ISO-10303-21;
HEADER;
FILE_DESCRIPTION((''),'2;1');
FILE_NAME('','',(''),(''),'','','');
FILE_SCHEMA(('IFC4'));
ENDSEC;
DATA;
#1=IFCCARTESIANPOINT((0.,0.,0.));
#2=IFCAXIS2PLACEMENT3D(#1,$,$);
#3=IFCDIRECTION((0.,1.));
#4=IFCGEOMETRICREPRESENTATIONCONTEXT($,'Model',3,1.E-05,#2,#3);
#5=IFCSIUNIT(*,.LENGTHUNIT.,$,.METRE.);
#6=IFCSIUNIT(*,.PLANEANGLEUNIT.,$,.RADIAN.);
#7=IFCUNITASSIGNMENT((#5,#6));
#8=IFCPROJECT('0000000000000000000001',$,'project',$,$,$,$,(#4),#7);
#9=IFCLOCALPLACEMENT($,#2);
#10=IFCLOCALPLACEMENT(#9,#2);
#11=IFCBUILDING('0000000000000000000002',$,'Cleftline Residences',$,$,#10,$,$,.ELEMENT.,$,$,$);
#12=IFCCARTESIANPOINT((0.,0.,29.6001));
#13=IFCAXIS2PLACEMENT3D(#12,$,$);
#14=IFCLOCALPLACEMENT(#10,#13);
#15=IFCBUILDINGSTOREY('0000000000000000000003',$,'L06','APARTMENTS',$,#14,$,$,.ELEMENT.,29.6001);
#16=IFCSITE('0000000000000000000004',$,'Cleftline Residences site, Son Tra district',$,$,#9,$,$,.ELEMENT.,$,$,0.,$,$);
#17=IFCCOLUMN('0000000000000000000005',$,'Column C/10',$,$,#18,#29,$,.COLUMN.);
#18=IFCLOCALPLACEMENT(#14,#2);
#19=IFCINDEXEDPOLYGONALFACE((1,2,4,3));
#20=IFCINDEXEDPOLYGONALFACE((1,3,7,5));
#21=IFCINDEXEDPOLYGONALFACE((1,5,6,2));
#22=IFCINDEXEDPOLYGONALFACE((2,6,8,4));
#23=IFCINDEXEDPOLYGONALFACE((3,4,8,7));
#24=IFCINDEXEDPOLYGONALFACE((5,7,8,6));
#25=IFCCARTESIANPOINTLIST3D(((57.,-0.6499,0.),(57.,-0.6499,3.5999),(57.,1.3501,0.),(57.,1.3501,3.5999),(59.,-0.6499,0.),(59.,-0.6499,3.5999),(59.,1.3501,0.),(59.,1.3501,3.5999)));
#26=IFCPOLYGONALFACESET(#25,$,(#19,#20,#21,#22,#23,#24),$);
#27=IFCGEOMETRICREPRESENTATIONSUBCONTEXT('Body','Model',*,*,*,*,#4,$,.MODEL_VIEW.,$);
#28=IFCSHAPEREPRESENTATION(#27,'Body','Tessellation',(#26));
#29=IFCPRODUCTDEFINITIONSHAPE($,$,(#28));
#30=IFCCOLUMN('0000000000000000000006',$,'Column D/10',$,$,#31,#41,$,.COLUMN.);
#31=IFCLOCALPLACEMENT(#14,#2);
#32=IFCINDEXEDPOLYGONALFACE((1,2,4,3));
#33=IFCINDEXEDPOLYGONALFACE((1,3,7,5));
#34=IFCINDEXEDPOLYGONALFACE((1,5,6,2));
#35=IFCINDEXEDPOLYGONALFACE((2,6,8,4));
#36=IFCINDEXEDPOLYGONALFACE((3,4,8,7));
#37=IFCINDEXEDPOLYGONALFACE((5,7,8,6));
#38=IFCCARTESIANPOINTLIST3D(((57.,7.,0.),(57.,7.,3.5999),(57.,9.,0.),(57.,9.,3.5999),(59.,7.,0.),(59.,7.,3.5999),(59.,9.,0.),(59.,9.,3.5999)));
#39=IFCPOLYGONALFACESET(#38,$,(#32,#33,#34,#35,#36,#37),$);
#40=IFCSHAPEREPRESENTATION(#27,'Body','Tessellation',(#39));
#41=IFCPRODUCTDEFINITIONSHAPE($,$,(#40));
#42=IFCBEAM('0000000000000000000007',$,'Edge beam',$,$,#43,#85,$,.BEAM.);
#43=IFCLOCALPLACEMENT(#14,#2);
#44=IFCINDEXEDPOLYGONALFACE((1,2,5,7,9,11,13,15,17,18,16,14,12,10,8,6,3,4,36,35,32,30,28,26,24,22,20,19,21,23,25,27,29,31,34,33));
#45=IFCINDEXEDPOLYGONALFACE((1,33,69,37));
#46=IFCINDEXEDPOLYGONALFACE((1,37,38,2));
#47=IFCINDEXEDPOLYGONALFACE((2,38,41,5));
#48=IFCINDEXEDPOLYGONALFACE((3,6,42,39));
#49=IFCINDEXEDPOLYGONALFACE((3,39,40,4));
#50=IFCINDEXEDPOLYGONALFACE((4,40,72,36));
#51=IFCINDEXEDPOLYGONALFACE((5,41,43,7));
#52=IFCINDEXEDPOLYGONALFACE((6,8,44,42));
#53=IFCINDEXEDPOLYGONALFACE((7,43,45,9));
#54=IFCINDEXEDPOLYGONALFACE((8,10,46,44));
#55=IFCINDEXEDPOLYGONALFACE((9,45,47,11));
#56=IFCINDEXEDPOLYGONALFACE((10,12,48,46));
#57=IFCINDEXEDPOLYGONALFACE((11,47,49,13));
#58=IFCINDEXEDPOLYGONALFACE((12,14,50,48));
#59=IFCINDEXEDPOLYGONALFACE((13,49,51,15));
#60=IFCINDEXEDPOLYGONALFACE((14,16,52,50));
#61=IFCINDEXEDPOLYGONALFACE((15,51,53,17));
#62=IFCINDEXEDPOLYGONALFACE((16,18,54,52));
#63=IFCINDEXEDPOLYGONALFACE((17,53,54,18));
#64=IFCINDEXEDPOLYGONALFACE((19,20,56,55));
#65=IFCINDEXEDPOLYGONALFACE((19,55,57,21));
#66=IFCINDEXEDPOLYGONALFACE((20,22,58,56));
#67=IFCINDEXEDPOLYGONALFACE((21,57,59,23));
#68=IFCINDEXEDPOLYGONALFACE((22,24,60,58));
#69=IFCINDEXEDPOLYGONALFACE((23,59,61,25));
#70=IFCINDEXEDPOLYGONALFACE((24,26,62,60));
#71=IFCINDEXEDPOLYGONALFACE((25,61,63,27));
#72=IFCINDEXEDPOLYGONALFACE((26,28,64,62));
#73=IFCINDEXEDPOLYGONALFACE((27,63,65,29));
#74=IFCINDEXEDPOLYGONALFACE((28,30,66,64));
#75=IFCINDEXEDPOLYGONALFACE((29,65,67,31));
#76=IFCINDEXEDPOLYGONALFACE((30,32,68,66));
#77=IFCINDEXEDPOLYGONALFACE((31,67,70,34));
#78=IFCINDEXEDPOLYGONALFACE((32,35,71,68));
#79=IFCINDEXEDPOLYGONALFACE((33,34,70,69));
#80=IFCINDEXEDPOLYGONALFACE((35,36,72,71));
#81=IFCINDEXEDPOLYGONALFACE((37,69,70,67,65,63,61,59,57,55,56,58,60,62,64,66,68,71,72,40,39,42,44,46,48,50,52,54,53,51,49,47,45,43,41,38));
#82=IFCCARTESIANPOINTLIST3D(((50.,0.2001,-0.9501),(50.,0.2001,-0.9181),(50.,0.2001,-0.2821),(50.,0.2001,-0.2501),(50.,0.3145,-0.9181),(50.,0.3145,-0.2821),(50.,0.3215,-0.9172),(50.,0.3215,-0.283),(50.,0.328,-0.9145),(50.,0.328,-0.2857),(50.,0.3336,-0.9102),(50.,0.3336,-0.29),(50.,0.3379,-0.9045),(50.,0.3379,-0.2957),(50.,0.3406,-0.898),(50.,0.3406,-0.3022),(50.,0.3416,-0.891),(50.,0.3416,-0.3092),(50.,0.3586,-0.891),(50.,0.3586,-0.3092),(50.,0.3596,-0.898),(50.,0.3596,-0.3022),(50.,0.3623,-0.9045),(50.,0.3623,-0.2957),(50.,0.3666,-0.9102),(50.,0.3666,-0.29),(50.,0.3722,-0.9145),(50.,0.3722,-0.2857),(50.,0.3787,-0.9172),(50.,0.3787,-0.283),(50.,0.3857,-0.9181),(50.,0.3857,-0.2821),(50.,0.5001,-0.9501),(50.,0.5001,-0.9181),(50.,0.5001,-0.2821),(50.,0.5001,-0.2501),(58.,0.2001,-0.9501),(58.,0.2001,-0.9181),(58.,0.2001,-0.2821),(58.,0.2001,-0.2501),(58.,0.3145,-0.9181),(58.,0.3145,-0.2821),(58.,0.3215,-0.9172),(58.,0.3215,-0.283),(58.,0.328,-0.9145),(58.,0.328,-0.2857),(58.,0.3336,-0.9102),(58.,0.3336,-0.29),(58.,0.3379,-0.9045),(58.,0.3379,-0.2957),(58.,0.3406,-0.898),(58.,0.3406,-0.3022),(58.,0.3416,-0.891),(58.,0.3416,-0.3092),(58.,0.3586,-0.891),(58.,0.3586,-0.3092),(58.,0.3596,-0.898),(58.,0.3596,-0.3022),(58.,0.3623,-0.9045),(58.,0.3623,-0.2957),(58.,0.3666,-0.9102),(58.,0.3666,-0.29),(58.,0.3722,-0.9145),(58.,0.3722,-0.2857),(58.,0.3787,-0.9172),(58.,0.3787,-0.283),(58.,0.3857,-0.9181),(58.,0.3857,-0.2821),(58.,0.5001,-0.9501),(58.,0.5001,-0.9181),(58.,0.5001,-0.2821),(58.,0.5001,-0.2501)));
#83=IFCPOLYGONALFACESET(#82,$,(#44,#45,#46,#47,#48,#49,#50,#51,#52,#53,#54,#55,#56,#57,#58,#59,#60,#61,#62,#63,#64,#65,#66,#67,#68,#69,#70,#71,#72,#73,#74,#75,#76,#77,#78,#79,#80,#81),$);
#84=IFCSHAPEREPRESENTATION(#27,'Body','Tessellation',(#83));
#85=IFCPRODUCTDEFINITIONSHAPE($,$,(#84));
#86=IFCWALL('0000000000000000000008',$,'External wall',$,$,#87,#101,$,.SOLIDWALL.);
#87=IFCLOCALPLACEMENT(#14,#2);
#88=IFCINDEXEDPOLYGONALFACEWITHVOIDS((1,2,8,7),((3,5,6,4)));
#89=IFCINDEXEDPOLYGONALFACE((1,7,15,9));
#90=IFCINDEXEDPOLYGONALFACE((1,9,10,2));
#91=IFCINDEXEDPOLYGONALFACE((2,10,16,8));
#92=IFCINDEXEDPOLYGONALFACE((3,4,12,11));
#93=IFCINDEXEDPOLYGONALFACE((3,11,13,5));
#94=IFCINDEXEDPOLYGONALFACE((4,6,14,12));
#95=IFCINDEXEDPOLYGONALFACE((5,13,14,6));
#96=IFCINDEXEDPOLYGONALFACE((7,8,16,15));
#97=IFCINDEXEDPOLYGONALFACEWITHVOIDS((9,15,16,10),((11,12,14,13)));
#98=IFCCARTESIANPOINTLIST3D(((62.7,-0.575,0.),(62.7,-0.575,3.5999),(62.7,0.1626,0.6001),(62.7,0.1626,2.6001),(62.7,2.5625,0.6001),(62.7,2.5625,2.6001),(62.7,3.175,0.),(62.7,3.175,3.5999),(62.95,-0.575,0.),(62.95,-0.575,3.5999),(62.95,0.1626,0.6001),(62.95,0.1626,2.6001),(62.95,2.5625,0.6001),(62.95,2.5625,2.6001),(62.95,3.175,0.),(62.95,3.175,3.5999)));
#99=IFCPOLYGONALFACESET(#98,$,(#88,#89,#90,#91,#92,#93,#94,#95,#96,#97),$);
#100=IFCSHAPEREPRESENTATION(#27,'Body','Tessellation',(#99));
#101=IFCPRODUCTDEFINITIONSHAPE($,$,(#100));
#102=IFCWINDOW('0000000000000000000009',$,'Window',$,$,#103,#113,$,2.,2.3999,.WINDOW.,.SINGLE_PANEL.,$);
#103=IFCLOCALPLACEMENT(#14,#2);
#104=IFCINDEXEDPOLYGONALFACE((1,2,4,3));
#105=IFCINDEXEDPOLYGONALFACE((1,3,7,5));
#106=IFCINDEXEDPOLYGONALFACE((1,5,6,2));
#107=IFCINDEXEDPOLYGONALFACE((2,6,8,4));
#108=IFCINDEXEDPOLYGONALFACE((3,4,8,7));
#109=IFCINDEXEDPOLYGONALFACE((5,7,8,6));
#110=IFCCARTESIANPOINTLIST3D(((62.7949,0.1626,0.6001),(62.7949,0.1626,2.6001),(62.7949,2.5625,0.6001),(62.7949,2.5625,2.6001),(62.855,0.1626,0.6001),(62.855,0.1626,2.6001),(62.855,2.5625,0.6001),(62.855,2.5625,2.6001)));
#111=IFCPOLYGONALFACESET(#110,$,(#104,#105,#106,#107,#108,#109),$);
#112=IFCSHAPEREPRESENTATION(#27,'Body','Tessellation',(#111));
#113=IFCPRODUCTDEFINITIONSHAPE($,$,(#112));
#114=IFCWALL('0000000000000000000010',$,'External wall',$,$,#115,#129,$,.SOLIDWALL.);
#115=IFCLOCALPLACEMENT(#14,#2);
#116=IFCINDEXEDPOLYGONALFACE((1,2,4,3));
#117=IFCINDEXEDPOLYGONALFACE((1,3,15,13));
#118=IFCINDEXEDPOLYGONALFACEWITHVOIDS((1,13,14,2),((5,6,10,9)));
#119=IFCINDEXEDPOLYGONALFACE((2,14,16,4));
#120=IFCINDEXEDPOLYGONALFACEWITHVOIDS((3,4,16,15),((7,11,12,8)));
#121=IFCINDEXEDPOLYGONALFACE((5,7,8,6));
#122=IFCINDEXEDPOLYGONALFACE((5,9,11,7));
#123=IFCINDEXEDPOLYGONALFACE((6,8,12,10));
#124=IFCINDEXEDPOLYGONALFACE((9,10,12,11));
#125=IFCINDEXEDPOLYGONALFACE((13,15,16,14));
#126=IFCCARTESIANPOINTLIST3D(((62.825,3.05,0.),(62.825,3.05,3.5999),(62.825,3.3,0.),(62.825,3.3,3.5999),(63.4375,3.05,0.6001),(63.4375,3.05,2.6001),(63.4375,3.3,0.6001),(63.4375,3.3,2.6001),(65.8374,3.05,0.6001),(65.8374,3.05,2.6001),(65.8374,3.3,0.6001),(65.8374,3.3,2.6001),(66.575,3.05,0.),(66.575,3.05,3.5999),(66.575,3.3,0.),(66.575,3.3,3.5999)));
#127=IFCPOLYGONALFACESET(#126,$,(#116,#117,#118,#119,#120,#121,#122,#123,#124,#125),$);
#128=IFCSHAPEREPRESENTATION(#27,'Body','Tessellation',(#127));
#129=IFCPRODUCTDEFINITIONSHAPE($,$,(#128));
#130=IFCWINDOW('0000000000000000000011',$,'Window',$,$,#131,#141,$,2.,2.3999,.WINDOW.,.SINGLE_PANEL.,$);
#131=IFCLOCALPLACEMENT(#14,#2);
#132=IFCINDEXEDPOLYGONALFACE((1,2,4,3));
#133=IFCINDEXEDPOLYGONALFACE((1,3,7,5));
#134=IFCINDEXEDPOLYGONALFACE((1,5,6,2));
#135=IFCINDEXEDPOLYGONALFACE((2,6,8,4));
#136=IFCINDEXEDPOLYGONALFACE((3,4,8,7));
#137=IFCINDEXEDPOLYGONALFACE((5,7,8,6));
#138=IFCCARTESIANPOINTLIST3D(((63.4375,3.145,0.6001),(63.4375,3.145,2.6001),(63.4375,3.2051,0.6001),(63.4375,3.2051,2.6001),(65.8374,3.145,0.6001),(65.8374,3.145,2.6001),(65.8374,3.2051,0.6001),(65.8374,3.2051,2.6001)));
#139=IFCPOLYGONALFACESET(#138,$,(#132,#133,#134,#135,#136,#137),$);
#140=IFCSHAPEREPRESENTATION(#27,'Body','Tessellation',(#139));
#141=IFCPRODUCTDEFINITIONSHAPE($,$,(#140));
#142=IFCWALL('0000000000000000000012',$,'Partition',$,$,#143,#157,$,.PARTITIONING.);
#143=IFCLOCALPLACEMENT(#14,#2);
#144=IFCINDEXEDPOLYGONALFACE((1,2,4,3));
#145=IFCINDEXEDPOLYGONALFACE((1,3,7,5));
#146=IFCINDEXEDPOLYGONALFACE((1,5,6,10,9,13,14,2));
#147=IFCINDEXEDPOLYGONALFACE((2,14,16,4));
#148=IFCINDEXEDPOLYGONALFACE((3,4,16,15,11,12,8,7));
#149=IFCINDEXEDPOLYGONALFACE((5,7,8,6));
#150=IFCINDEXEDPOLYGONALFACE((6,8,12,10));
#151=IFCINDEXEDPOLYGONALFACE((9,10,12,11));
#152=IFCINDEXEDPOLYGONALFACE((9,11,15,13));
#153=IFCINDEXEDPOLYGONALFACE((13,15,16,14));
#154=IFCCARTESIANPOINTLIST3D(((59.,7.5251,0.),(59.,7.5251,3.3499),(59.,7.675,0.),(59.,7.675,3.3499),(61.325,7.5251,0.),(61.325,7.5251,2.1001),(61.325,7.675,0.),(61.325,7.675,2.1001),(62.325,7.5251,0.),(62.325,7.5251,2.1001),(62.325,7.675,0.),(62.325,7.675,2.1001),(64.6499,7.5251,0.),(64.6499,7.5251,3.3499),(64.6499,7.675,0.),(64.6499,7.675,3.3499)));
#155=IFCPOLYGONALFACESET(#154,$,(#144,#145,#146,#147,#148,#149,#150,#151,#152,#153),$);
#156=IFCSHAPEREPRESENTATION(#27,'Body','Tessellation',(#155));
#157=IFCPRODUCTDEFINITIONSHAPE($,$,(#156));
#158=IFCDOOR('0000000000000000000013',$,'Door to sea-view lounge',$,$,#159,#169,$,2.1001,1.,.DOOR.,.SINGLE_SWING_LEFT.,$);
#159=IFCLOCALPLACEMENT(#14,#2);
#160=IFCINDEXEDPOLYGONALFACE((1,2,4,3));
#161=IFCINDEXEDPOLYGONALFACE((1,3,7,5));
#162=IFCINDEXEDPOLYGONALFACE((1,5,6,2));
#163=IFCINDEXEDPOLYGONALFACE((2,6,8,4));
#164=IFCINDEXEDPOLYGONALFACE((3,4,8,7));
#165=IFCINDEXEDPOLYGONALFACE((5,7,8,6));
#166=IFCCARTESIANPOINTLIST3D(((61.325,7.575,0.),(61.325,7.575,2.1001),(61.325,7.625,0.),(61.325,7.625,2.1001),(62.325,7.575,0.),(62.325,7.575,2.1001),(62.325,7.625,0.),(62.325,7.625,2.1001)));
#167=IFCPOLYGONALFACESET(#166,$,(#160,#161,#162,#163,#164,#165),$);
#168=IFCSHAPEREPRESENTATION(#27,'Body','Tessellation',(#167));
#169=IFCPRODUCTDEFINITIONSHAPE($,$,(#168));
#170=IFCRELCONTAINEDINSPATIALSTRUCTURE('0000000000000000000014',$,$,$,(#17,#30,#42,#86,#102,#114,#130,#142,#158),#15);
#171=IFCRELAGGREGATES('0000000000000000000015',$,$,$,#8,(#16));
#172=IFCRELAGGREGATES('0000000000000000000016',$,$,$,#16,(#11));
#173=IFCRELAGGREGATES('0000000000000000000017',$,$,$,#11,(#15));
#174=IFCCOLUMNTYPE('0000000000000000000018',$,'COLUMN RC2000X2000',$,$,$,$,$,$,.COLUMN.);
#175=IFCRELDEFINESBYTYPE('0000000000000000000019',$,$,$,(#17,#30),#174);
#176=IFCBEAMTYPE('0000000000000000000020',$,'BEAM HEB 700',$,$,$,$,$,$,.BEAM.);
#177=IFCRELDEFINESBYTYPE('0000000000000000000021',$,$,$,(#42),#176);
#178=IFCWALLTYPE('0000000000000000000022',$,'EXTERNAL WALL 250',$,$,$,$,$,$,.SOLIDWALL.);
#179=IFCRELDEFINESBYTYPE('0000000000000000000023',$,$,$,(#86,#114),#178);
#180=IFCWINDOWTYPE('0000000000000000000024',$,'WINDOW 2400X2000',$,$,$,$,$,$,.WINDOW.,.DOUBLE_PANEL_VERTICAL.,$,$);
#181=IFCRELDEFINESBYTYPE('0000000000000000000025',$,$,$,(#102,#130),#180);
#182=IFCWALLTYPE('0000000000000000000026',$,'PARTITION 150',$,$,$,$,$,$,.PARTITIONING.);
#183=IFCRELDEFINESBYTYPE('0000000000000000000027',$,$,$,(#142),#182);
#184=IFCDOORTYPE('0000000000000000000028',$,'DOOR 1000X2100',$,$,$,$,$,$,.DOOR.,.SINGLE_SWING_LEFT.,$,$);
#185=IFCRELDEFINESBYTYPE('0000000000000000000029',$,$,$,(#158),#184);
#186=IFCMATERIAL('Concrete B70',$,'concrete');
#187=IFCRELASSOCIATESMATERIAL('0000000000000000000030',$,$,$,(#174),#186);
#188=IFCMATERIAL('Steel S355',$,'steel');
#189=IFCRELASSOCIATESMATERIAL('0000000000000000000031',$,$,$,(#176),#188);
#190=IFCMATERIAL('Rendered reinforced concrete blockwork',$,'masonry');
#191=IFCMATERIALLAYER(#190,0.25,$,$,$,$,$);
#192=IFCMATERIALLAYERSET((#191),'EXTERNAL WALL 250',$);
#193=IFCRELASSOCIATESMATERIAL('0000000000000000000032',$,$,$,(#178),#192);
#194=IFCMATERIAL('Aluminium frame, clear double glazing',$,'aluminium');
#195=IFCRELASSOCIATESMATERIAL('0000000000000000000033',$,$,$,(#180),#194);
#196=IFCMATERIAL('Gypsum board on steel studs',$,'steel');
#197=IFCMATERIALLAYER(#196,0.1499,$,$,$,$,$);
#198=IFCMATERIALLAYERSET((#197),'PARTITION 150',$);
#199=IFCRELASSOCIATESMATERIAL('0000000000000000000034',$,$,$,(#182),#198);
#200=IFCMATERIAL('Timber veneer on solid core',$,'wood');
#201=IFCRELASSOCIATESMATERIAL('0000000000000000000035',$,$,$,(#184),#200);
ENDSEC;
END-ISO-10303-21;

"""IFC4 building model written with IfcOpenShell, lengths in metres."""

from ifc_helpers import new_model, si_unit, direction, frame, frame_2d, origin, origin_2d, place, context, subcontext, project, spatial, rectangle, i_section, extrude, material, layer, layer_set, material_profile, profile_set, type_object, element, fill, save


model = new_model("IFC4")

# Units and contexts
model_context = context("Model", 3, precision=1e-05, world=origin(), true_north=direction((0.0, 1.0)))
body_context = subcontext(model_context, "Body", "Model", "MODEL_VIEW")
ifc_project = project(units=[si_unit("LENGTHUNIT", "METRE"), si_unit("PLANEANGLEUNIT", "RADIAN")], contexts=[model_context])

# Site, building, storey
site_placement = place(None, origin())
site = spatial("IfcSite", under=ifc_project, at=site_placement, Name="Cleftline Residences site, Son Tra district", CompositionType="ELEMENT", RefElevation=0.0)
building_placement = place(site_placement, origin())
building = spatial("IfcBuilding", under=site, at=building_placement, Name="Cleftline Residences", CompositionType="ELEMENT")
storey_placement = place(building_placement, frame((0.0, 0.0, 29.6001)))
storey = spatial("IfcBuildingStorey", under=building, at=storey_placement, Name="L06", Description="APARTMENTS", CompositionType="ELEMENT", Elevation=29.6001)

# Columns
ifc_material_1 = material(Name="Concrete B70", Category="concrete")
ifc_material_profile_1 = material_profile(ifc_material_1, rectangle(XDim=2.0, YDim=2.0, at=origin_2d()))
ifc_profile_set_1 = profile_set([ifc_material_profile_1], Name="Concrete B70")
column_type = type_object("IfcColumnType", Name="COLUMN RC2000X2000", PredefinedType="COLUMN", material=ifc_profile_set_1)
for number, where, z_axis, x_axis, name in (
    (1, (58.0, 0.3501, 0.0), (0.0, 0.0, 1.0), (1.0, 0.0, 0.0), "Column C/10"),
    (2, (58.0, 8.0, 0.0), (0.0, 0.0, 1.0), (1.0, 0.0, 0.0), "Column D/10"),
):
    element("IfcColumn", number, at=place(storey_placement, frame(where, z_axis=z_axis, x_axis=x_axis)), inside=storey, type_object=column_type, Name=name, PredefinedType="COLUMN", context=body_context, shape_type="SweptSolid", body=[
        extrude(rectangle(XDim=2.0, YDim=2.0, at=origin_2d()), origin(), (0.0, 0.0, 1.0), 3.5999),
    ])

# Beam
ifc_material_2 = material(Name="Steel S355", Category="steel")
ifc_material_profile_2 = material_profile(ifc_material_2, i_section(OverallWidth=0.3, OverallDepth=0.7, WebThickness=0.0171, FlangeThickness=0.032, FilletRadius=0.0271, at=origin_2d()))
ifc_profile_set_2 = profile_set([ifc_material_profile_2], Name="Steel S355")
beam_type = type_object("IfcBeamType", Name="BEAM HEB 700", PredefinedType="BEAM", material=ifc_profile_set_2)
beam_placement = place(storey_placement, frame((58.0, 0.3501, -0.6001), z_axis=(-1.0, 0.0, 0.0), x_axis=(0.0, -1.0, 0.0)))
element("IfcBeam", 3, at=beam_placement, inside=storey, type_object=beam_type, Name="Edge beam", PredefinedType="BEAM", context=body_context, shape_type="SweptSolid", body=[
    extrude(i_section(OverallWidth=0.3, OverallDepth=0.7, WebThickness=0.0171, FlangeThickness=0.032, FilletRadius=0.0271, at=origin_2d()), origin(), (0.0, 0.0, 1.0), 8.0),
])

# Walls, openings, windows
ifc_material_3 = material(Name="Rendered reinforced concrete blockwork", Category="masonry")
ifc_layer_1 = layer(ifc_material_3, 0.25)
ifc_layer_set_1 = layer_set([ifc_layer_1], Name="EXTERNAL WALL 250")
wall_type_1 = type_object("IfcWallType", Name="EXTERNAL WALL 250", PredefinedType="SOLIDWALL", material=ifc_layer_set_1)
wall_1_placement = place(storey_placement, frame((62.825, -0.575, 0.0), z_axis=(0.0, 0.0, 1.0), x_axis=(0.0, 1.0, 0.0)))
wall_1 = element("IfcWall", 4, at=wall_1_placement, inside=storey, type_object=wall_type_1, Name="External wall", PredefinedType="SOLIDWALL", context=body_context, shape_type="SweptSolid", body=[
    extrude(rectangle(XDim=3.75, YDim=0.25, at=frame_2d((1.875, 0.0))), origin(), (0.0, 0.0, 1.0), 3.5999),
])
opening_1_placement = place(wall_1_placement, frame((0.7375, 0.0, 0.6001)))
opening_1 = element("IfcOpeningElement", 5, at=opening_1_placement, cuts=wall_1, PredefinedType="OPENING", context=body_context, shape_type="SweptSolid", body=[
    extrude(rectangle(XDim=2.3999, YDim=2.0, at=frame_2d((1.2, 1.0))), frame((0.0, 0.135, 0.0), z_axis=(0.0, -1.0, 0.0), x_axis=(1.0, 0.0, 0.0)), (0.0, 0.0, 1.0), 0.27),
])
ifc_material_4 = material(Name="Aluminium frame, clear double glazing", Category="aluminium")
window_type = type_object("IfcWindowType", Name="WINDOW 2400X2000", PartitioningType="DOUBLE_PANEL_VERTICAL", PredefinedType="WINDOW", material=ifc_material_4)
window_1_placement = place(opening_1_placement, origin())
window_1 = element("IfcWindow", 6, at=window_1_placement, inside=storey, type_object=window_type, Name="Window", OverallHeight=2.0, OverallWidth=2.3999, PartitioningType="SINGLE_PANEL", PredefinedType="WINDOW", context=body_context, shape_type="SweptSolid", body=[
    extrude(rectangle(XDim=2.3999, YDim=2.0, at=frame_2d((1.2, 1.0))), frame((0.0, 0.03, 0.0), z_axis=(0.0, -1.0, 0.0), x_axis=(1.0, 0.0, 0.0)), (0.0, 0.0, 1.0), 0.0601),
])
fill(opening_1, window_1)
wall_2_placement = place(storey_placement, frame((62.825, 3.175, 0.0), z_axis=(0.0, 0.0, 1.0), x_axis=(1.0, 0.0, 0.0)))
wall_2 = element("IfcWall", 7, at=wall_2_placement, inside=storey, type_object=wall_type_1, Name="External wall", PredefinedType="SOLIDWALL", context=body_context, shape_type="SweptSolid", body=[
    extrude(rectangle(XDim=3.75, YDim=0.25, at=frame_2d((1.875, 0.0))), origin(), (0.0, 0.0, 1.0), 3.5999),
])
opening_2_placement = place(wall_2_placement, frame((0.6125, 0.0, 0.6001)))
opening_2 = element("IfcOpeningElement", 8, at=opening_2_placement, cuts=wall_2, PredefinedType="OPENING", context=body_context, shape_type="SweptSolid", body=[
    extrude(rectangle(XDim=2.3999, YDim=2.0, at=frame_2d((1.2, 1.0))), frame((0.0, 0.135, 0.0), z_axis=(0.0, -1.0, 0.0), x_axis=(1.0, 0.0, 0.0)), (0.0, 0.0, 1.0), 0.27),
])
window_2_placement = place(opening_2_placement, origin())
window_2 = element("IfcWindow", 9, at=window_2_placement, inside=storey, type_object=window_type, Name="Window", OverallHeight=2.0, OverallWidth=2.3999, PartitioningType="SINGLE_PANEL", PredefinedType="WINDOW", context=body_context, shape_type="SweptSolid", body=[
    extrude(rectangle(XDim=2.3999, YDim=2.0, at=frame_2d((1.2, 1.0))), frame((0.0, 0.03, 0.0), z_axis=(0.0, -1.0, 0.0), x_axis=(1.0, 0.0, 0.0)), (0.0, 0.0, 1.0), 0.0601),
])
fill(opening_2, window_2)

# Wall, opening, door
ifc_material_5 = material(Name="Gypsum board on steel studs", Category="steel")
ifc_layer_2 = layer(ifc_material_5, 0.1499)
ifc_layer_set_2 = layer_set([ifc_layer_2], Name="PARTITION 150")
wall_type_2 = type_object("IfcWallType", Name="PARTITION 150", PredefinedType="PARTITIONING", material=ifc_layer_set_2)
wall_3_placement = place(storey_placement, frame((59.0, 7.6001, 0.0), z_axis=(0.0, 0.0, 1.0), x_axis=(1.0, 0.0, 0.0)))
wall_3 = element("IfcWall", 10, at=wall_3_placement, inside=storey, type_object=wall_type_2, Name="Partition", PredefinedType="PARTITIONING", context=body_context, shape_type="SweptSolid", body=[
    extrude(rectangle(XDim=5.6499, YDim=0.1499, at=frame_2d((2.825, 0.0))), origin(), (0.0, 0.0, 1.0), 3.3499),
])
opening_3_placement = place(wall_3_placement, frame((2.325, 0.0, 0.0)))
opening_3 = element("IfcOpeningElement", 11, at=opening_3_placement, cuts=wall_3, PredefinedType="OPENING", context=body_context, shape_type="SweptSolid", body=[
    extrude(rectangle(XDim=1.0, YDim=2.1001, at=frame_2d((0.5, 1.05))), frame((0.0, 0.085, 0.0), z_axis=(0.0, -1.0, 0.0), x_axis=(1.0, 0.0, 0.0)), (0.0, 0.0, 1.0), 0.1699),
])
ifc_material_6 = material(Name="Timber veneer on solid core", Category="wood")
door_type_1 = type_object("IfcDoorType", Name="DOOR 1000X2100", OperationType="SINGLE_SWING_LEFT", PredefinedType="DOOR", material=ifc_material_6)
door_1_placement = place(opening_3_placement, origin())
door_1 = element("IfcDoor", 12, at=door_1_placement, inside=storey, type_object=door_type_1, Name="Door to sea-view lounge", OperationType="SINGLE_SWING_LEFT", OverallHeight=2.1001, OverallWidth=1.0, PredefinedType="DOOR", context=body_context, shape_type="SweptSolid", body=[
    extrude(rectangle(XDim=1.0, YDim=2.1001, at=frame_2d((0.5, 1.05))), frame((0.0, 0.0249, 0.0), z_axis=(0.0, -1.0, 0.0), x_axis=(1.0, 0.0, 0.0)), (0.0, 0.0, 1.0), 0.05),
])
fill(opening_3, door_1)

save(model, "model.ifc")
